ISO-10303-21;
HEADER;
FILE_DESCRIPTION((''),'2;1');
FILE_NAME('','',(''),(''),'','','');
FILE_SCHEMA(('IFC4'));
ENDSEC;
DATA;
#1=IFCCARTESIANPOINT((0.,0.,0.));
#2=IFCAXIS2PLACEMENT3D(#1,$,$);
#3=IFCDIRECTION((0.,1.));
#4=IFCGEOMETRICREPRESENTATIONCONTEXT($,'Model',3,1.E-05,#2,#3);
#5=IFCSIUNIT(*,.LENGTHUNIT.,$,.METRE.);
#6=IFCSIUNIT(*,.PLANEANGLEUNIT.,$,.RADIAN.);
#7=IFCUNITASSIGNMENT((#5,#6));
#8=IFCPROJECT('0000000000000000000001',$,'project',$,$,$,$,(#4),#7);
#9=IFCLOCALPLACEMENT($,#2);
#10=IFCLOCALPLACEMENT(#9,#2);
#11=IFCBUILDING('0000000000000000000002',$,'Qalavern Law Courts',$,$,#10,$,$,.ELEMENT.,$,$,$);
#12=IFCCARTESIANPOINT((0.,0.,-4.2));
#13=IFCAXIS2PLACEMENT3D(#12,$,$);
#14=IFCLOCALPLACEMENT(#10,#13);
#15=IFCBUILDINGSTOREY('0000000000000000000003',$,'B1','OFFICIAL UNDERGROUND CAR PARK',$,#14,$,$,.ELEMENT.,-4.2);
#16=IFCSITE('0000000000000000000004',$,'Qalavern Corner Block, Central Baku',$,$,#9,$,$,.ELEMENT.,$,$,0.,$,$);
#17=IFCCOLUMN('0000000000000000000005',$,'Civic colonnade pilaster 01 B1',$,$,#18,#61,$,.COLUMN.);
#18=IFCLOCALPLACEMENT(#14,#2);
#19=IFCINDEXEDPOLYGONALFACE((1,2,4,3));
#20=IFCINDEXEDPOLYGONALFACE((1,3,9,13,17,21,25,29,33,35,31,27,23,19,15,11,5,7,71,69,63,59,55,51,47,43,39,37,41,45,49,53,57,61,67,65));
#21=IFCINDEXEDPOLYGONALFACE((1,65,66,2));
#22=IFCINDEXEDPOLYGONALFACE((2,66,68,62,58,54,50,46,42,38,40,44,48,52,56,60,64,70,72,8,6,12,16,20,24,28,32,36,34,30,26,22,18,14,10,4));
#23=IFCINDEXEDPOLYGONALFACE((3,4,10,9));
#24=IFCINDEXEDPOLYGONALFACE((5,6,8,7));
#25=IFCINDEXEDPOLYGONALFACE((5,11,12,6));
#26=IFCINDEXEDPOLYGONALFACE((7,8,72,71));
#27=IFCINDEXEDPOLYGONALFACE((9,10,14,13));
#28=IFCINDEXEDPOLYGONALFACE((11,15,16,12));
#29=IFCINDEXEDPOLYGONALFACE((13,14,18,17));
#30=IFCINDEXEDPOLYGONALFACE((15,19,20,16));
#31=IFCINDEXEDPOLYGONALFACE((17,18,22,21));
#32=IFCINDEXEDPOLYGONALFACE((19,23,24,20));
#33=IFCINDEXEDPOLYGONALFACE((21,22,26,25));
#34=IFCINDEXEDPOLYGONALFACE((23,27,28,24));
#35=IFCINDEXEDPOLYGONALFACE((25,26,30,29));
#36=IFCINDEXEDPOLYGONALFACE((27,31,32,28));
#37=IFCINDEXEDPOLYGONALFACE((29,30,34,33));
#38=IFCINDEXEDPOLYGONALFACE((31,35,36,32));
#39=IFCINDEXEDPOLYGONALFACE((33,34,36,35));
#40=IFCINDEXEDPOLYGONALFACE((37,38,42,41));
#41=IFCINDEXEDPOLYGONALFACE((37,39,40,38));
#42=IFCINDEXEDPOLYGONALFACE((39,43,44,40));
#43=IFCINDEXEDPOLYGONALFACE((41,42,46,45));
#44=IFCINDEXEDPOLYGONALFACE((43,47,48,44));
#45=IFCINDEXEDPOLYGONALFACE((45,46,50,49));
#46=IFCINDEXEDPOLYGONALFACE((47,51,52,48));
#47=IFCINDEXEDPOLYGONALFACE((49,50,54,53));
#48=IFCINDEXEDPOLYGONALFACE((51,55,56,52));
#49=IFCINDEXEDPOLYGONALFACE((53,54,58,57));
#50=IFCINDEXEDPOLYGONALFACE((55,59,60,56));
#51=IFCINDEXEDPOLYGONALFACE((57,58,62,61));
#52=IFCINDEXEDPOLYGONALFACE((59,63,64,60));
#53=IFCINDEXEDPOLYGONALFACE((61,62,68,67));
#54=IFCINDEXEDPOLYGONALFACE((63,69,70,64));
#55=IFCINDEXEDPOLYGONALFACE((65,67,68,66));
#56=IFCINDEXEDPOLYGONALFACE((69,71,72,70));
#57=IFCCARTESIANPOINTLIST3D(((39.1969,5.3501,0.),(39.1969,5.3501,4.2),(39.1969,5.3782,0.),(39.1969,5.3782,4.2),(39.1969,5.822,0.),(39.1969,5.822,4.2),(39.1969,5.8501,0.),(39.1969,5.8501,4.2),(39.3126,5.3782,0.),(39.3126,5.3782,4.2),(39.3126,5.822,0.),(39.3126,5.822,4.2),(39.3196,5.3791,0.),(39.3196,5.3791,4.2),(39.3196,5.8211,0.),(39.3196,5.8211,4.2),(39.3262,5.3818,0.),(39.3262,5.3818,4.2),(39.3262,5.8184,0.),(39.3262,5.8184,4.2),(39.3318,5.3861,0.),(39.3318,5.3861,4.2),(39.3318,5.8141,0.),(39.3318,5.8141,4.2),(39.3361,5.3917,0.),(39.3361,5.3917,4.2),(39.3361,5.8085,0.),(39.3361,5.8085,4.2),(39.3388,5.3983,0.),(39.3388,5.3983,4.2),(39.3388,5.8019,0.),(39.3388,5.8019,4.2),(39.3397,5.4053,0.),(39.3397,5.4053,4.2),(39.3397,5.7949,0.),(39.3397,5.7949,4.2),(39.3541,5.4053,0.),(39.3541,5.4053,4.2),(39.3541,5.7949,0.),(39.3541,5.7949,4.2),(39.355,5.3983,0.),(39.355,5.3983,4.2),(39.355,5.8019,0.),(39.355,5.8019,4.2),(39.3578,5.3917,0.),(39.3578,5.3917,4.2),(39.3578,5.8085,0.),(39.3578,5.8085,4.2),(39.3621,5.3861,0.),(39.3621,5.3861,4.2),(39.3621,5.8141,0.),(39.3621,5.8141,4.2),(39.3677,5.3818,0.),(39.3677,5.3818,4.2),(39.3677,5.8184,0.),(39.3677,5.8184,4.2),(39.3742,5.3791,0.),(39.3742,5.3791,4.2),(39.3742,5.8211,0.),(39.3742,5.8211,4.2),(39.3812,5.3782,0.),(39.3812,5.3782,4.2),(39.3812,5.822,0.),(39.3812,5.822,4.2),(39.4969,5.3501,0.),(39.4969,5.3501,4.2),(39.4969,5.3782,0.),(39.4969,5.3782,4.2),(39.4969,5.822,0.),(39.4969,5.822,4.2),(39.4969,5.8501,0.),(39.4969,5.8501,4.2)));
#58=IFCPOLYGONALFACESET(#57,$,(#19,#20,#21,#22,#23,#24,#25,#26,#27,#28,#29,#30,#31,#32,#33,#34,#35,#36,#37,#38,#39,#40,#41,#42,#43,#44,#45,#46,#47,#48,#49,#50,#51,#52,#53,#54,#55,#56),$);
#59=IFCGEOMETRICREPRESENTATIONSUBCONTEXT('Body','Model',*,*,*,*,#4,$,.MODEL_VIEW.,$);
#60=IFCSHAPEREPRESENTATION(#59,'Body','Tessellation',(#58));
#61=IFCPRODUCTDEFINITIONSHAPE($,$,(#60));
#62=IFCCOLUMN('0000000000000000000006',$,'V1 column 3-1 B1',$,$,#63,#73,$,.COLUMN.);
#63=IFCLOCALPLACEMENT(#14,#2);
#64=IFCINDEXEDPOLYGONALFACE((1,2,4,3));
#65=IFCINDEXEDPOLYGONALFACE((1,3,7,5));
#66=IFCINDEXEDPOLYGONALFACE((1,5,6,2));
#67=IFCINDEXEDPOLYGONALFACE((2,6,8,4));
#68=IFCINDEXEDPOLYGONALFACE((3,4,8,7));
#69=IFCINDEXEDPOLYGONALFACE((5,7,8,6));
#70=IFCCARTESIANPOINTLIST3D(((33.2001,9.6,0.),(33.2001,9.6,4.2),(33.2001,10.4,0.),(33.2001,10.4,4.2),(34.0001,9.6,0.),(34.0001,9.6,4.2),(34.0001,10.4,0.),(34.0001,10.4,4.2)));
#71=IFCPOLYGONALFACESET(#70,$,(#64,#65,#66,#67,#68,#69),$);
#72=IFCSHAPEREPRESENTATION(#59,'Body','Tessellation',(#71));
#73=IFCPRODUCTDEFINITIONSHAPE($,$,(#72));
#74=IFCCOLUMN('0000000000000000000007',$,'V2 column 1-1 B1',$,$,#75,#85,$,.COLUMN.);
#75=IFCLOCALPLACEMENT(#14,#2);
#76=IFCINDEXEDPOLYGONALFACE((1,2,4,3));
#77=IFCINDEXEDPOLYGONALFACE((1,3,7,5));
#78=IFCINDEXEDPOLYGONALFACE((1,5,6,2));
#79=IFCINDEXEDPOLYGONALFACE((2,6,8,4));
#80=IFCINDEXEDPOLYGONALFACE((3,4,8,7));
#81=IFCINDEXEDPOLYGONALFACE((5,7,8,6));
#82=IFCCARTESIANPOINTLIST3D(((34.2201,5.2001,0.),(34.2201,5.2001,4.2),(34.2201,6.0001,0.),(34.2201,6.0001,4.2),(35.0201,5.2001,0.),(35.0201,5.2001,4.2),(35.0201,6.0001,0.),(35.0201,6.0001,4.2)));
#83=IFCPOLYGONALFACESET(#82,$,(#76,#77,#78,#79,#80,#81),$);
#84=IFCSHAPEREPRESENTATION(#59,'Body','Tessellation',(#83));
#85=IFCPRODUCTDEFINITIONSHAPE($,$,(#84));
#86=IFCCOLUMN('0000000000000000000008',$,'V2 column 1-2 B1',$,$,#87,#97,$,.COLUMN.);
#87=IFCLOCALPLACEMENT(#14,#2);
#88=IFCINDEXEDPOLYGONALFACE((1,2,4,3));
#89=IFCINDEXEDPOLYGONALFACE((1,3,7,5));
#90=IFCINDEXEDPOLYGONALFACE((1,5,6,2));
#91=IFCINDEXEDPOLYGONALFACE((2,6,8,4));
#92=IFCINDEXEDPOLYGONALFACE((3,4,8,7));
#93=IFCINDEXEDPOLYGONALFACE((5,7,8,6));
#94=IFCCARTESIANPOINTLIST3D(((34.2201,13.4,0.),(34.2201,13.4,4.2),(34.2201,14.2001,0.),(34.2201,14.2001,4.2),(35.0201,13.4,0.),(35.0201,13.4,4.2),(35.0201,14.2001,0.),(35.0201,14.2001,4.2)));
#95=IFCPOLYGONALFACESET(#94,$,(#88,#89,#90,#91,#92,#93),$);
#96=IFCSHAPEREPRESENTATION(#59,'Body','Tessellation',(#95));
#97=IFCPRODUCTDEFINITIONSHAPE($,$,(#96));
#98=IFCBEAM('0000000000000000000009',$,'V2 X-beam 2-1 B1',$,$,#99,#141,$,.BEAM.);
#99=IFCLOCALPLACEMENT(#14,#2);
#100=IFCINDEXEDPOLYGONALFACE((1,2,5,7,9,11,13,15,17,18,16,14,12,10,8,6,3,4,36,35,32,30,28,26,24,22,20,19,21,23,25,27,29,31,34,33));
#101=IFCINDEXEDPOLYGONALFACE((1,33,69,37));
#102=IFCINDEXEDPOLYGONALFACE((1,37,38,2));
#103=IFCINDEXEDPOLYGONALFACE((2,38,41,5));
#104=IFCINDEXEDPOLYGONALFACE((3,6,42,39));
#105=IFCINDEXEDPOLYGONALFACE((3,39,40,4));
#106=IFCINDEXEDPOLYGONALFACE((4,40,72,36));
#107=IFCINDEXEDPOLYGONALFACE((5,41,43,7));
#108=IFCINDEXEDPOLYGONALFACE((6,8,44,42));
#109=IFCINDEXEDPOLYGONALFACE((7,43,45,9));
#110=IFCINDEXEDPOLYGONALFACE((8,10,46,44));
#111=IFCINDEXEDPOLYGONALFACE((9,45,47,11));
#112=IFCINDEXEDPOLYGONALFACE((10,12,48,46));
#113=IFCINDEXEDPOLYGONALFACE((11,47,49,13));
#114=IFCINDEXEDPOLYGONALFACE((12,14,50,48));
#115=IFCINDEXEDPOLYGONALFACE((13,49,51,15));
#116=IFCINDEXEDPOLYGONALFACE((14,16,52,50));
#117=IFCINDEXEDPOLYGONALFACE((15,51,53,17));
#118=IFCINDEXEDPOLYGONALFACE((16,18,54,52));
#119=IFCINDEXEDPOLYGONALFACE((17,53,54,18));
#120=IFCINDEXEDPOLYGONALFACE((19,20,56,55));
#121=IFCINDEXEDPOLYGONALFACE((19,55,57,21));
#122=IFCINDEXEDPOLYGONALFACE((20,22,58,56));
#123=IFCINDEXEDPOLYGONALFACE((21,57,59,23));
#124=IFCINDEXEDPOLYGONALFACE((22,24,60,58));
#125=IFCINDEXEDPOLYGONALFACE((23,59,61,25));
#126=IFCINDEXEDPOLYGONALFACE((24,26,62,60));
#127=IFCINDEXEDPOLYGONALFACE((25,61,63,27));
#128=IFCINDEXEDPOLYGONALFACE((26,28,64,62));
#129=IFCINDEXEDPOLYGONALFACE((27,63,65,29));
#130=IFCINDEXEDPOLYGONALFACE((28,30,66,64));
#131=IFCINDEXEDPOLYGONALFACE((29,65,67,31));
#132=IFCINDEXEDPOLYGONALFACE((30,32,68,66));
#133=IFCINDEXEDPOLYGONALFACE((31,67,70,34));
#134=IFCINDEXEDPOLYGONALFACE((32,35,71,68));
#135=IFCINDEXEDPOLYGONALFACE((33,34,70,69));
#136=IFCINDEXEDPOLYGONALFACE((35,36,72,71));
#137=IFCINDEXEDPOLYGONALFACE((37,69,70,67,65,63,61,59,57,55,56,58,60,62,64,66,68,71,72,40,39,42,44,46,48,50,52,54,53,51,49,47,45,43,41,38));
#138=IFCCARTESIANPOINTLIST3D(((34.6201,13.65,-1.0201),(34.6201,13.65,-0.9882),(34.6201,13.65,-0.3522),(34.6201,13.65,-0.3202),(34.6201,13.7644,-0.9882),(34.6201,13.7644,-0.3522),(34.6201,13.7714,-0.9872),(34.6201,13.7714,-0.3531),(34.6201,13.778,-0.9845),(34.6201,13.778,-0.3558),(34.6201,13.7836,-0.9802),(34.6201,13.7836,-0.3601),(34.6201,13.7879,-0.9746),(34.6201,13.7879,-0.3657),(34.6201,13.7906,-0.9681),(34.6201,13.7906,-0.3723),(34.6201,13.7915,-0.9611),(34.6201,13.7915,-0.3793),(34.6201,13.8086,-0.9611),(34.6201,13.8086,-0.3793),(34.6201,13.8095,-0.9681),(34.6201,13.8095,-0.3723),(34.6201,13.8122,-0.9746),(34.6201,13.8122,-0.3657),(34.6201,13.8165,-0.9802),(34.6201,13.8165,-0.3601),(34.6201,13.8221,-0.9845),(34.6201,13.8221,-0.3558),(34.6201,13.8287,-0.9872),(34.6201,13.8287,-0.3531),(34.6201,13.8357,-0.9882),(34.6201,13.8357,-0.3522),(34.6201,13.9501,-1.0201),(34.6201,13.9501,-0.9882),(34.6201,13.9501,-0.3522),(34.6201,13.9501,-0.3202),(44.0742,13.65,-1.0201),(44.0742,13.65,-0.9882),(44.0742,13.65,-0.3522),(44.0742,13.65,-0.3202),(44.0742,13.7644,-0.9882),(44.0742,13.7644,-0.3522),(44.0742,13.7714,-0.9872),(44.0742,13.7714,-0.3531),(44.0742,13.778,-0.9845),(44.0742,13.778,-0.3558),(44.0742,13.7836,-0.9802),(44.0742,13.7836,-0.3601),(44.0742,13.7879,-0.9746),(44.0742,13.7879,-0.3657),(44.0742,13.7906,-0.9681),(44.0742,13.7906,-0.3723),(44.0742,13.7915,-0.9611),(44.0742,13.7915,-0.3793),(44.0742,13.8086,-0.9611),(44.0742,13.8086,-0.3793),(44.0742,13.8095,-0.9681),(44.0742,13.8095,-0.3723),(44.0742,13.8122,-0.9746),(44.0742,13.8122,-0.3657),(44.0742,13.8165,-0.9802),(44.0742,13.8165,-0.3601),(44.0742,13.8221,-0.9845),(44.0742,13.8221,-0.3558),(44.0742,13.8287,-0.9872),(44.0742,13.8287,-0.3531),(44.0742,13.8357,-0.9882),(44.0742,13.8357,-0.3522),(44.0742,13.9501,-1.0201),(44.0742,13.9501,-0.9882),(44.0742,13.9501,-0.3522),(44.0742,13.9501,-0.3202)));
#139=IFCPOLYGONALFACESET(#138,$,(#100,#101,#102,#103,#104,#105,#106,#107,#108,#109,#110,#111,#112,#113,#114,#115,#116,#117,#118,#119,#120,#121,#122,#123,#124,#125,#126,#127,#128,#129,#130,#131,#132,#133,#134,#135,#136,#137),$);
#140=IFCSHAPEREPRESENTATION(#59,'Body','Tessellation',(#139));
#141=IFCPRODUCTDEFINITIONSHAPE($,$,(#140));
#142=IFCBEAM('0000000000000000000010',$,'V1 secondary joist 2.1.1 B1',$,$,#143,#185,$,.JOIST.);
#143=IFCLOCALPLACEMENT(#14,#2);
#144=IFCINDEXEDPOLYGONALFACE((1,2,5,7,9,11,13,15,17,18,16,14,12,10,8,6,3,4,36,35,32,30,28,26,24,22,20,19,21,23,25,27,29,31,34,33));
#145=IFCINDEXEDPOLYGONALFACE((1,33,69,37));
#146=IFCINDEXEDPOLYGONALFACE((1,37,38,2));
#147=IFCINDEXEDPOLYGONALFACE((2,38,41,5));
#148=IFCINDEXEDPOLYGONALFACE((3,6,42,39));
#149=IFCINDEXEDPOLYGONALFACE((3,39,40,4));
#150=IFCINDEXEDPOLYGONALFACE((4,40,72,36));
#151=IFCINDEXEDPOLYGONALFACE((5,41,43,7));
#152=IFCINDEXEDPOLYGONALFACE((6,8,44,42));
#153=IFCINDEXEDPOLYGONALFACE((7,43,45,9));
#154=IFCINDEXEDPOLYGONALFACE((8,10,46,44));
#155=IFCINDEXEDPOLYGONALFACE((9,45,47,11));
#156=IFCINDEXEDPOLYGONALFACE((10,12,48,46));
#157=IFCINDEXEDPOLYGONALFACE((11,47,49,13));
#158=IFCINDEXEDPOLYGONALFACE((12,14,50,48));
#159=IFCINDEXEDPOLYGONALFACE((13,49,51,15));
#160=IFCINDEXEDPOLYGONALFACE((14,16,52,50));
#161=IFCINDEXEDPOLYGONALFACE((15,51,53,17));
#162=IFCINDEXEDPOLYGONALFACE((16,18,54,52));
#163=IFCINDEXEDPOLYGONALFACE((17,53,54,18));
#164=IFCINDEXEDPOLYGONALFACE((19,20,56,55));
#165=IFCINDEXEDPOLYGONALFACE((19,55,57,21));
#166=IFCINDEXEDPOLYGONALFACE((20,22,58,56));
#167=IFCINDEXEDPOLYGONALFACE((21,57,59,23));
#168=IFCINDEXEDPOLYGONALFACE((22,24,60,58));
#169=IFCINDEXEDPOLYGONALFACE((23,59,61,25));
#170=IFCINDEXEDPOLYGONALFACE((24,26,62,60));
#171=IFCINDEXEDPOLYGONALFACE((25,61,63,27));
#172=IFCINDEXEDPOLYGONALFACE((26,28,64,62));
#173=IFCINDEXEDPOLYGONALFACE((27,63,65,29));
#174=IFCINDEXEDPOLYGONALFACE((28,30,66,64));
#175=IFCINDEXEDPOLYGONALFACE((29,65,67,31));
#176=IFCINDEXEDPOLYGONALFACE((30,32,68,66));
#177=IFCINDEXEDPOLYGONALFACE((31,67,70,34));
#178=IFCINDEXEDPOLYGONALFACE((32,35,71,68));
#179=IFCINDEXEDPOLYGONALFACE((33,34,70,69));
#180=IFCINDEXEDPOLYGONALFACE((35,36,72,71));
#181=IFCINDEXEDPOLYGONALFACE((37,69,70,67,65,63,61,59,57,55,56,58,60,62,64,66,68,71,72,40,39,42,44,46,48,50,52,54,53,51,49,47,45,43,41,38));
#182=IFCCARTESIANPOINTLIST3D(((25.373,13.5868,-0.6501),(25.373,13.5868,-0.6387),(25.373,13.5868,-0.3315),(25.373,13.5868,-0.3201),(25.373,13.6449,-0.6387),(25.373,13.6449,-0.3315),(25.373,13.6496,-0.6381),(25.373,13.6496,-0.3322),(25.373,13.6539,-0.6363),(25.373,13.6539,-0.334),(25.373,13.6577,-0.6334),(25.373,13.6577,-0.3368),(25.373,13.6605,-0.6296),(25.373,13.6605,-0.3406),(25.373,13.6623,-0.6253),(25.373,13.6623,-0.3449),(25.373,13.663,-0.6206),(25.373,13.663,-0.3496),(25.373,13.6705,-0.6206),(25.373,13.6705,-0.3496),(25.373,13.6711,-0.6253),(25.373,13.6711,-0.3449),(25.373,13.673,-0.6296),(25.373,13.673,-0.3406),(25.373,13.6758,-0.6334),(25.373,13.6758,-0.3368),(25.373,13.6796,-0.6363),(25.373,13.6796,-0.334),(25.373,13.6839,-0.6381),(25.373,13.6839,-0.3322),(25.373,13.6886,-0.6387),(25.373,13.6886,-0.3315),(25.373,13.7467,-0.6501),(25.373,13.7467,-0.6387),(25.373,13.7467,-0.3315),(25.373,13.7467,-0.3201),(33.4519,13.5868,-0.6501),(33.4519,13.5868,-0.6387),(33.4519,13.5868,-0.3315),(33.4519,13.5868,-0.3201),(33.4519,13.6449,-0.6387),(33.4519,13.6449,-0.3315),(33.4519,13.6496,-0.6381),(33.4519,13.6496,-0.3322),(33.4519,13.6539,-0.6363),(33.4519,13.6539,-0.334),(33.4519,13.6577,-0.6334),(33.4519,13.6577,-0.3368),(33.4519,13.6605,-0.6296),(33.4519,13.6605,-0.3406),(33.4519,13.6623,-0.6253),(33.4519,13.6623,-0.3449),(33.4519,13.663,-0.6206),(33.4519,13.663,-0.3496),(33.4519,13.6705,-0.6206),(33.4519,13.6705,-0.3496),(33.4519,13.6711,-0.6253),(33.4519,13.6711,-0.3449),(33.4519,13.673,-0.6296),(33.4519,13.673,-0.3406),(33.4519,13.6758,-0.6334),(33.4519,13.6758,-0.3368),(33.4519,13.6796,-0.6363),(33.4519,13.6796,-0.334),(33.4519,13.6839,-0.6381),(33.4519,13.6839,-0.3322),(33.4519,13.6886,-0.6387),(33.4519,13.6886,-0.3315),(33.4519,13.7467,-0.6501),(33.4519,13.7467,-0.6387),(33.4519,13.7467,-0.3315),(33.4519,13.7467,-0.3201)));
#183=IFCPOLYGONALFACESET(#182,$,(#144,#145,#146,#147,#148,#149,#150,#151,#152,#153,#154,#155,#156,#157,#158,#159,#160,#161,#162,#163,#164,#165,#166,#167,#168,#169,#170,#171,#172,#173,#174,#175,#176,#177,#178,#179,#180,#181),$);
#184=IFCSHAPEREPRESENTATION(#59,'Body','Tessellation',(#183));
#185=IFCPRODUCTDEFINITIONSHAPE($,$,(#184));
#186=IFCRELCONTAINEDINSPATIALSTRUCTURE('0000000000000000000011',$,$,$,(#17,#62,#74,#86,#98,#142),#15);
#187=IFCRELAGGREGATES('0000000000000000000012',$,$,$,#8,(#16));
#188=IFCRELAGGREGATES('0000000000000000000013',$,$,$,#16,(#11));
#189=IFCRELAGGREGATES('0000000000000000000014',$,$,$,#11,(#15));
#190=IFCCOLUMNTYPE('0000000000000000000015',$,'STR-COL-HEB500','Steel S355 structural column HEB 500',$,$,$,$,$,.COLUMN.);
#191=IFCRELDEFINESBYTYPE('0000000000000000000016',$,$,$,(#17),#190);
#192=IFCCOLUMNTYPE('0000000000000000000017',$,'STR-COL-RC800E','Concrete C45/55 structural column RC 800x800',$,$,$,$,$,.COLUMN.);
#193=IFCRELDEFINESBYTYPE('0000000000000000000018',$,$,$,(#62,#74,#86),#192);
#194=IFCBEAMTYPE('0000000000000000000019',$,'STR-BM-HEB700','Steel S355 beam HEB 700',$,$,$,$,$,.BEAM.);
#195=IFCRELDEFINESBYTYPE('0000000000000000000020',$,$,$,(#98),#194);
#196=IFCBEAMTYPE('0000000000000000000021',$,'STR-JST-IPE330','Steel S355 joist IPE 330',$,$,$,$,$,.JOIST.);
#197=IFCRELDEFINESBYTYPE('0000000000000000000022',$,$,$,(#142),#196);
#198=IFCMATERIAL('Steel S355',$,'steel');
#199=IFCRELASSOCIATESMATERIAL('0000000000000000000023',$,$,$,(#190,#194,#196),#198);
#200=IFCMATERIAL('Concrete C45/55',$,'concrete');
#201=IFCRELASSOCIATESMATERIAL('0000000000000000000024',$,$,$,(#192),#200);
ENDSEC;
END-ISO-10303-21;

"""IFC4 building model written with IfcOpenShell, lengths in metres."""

from ifc_helpers import new_model, si_unit, direction, frame, origin, origin_2d, place, context, subcontext, project, spatial, rectangle, i_section, extrude, material, material_profile, profile_set, type_object, element, save


model = new_model("IFC4")

# Units and contexts
model_context = context("Model", 3, precision=1e-05, world=origin(), true_north=direction((0.0, 1.0)))
body_context = subcontext(model_context, "Body", "Model", "MODEL_VIEW")
ifc_project = project(units=[si_unit("LENGTHUNIT", "METRE"), si_unit("PLANEANGLEUNIT", "RADIAN")], contexts=[model_context])

# Site, building, storey
site_placement = place(None, origin())
site = spatial("IfcSite", under=ifc_project, at=site_placement, Name="Qalavern Corner Block, Central Baku", CompositionType="ELEMENT", RefElevation=0.0)
building_placement = place(site_placement, origin())
building = spatial("IfcBuilding", under=site, at=building_placement, Name="Qalavern Law Courts", CompositionType="ELEMENT")
storey_placement = place(building_placement, frame((0.0, 0.0, -4.2)))
storey = spatial("IfcBuildingStorey", under=building, at=storey_placement, Name="B1", Description="OFFICIAL UNDERGROUND CAR PARK", CompositionType="ELEMENT", Elevation=-4.2)

# Columns
ifc_material_1 = material(Name="Steel S355", Category="steel")
ifc_material_profile_1 = material_profile(ifc_material_1, i_section(OverallWidth=0.3, OverallDepth=0.5, WebThickness=0.0144, FlangeThickness=0.0281, FilletRadius=0.0271, at=origin_2d()), Name="HEB 500")
ifc_profile_set_1 = profile_set([ifc_material_profile_1], Name="Steel S355")
column_type_1 = type_object("IfcColumnType", Name="STR-COL-HEB500", Description="Steel S355 structural column HEB 500", PredefinedType="COLUMN", material=ifc_profile_set_1)
column_placement = place(storey_placement, frame((39.3469, 5.6001, 0.0), z_axis=(0.0, 0.0, 1.0), x_axis=(1.0, 0.0, 0.0)))
element("IfcColumn", 1, at=column_placement, inside=storey, type_object=column_type_1, Name="Civic colonnade pilaster 01 B1", PredefinedType="COLUMN", context=body_context, shape_type="SweptSolid", body=[
    extrude(i_section(OverallWidth=0.3, OverallDepth=0.5, WebThickness=0.0144, FlangeThickness=0.0281, FilletRadius=0.0271, at=origin_2d()), origin(), (0.0, 0.0, 1.0), 4.2),
])
ifc_material_2 = material(Name="Concrete C45/55", Category="concrete")
ifc_material_profile_2 = material_profile(ifc_material_2, rectangle(XDim=0.8, YDim=0.8, at=origin_2d()), Name="RC 800x800")
ifc_profile_set_2 = profile_set([ifc_material_profile_2], Name="Concrete C45/55")
column_type_2 = type_object("IfcColumnType", Name="STR-COL-RC800E", Description="Concrete C45/55 structural column RC 800x800", PredefinedType="COLUMN", material=ifc_profile_set_2)
for number, where, z_axis, x_axis, name in (
    (2, (33.6001, 10.0, 0.0), (0.0, 0.0, 1.0), (1.0, 0.0, 0.0), "V1 column 3-1 B1"),
    (3, (34.6201, 5.6001, 0.0), (0.0, 0.0, 1.0), (1.0, 0.0, 0.0), "V2 column 1-1 B1"),
    (4, (34.6201, 13.8, 0.0), (0.0, 0.0, 1.0), (1.0, 0.0, 0.0), "V2 column 1-2 B1"),
):
    element("IfcColumn", number, at=place(storey_placement, frame(where, z_axis=z_axis, x_axis=x_axis)), inside=storey, type_object=column_type_2, Name=name, PredefinedType="COLUMN", context=body_context, shape_type="SweptSolid", body=[
        extrude(rectangle(XDim=0.8, YDim=0.8, at=origin_2d()), origin(), (0.0, 0.0, 1.0), 4.2),
    ])

# Beams
ifc_material_profile_3 = material_profile(ifc_material_1, i_section(OverallWidth=0.3, OverallDepth=0.7, WebThickness=0.0171, FlangeThickness=0.032, FilletRadius=0.0271, at=origin_2d()), Name="HEB 700")
ifc_profile_set_3 = profile_set([ifc_material_profile_3], Name="Steel S355")
beam_type_1 = type_object("IfcBeamType", Name="STR-BM-HEB700", Description="Steel S355 beam HEB 700", PredefinedType="BEAM", material=ifc_profile_set_3)
beam_1_placement = place(storey_placement, frame((34.6201, 13.8, -0.6702), z_axis=(1.0, 0.0, 0.0), x_axis=(0.0, 1.0, 0.0)))
element("IfcBeam", 5, at=beam_1_placement, inside=storey, type_object=beam_type_1, Name="V2 X-beam 2-1 B1", PredefinedType="BEAM", context=body_context, shape_type="SweptSolid", body=[
    extrude(i_section(OverallWidth=0.3, OverallDepth=0.7, WebThickness=0.0171, FlangeThickness=0.032, FilletRadius=0.0271, at=origin_2d()), origin(), (0.0, 0.0, 1.0), 9.4541),
])
ifc_material_profile_4 = material_profile(ifc_material_1, i_section(OverallWidth=0.1599, OverallDepth=0.3301, WebThickness=0.0076, FlangeThickness=0.0115, FilletRadius=0.0181, at=origin_2d()), Name="IPE 330")
ifc_profile_set_4 = profile_set([ifc_material_profile_4], Name="Steel S355")
beam_type_2 = type_object("IfcBeamType", Name="STR-JST-IPE330", Description="Steel S355 joist IPE 330", PredefinedType="JOIST", material=ifc_profile_set_4)
beam_2_placement = place(storey_placement, frame((25.373, 13.6667, -0.4851), z_axis=(1.0, 0.0, 0.0), x_axis=(0.0, 1.0, 0.0)))
element("IfcBeam", 6, at=beam_2_placement, inside=storey, type_object=beam_type_2, Name="V1 secondary joist 2.1.1 B1", PredefinedType="JOIST", context=body_context, shape_type="SweptSolid", body=[
    extrude(i_section(OverallWidth=0.1599, OverallDepth=0.3301, WebThickness=0.0076, FlangeThickness=0.0115, FilletRadius=0.0181, at=origin_2d()), origin(), (0.0, 0.0, 1.0), 8.0789),
])

save(model, "model.ifc")
